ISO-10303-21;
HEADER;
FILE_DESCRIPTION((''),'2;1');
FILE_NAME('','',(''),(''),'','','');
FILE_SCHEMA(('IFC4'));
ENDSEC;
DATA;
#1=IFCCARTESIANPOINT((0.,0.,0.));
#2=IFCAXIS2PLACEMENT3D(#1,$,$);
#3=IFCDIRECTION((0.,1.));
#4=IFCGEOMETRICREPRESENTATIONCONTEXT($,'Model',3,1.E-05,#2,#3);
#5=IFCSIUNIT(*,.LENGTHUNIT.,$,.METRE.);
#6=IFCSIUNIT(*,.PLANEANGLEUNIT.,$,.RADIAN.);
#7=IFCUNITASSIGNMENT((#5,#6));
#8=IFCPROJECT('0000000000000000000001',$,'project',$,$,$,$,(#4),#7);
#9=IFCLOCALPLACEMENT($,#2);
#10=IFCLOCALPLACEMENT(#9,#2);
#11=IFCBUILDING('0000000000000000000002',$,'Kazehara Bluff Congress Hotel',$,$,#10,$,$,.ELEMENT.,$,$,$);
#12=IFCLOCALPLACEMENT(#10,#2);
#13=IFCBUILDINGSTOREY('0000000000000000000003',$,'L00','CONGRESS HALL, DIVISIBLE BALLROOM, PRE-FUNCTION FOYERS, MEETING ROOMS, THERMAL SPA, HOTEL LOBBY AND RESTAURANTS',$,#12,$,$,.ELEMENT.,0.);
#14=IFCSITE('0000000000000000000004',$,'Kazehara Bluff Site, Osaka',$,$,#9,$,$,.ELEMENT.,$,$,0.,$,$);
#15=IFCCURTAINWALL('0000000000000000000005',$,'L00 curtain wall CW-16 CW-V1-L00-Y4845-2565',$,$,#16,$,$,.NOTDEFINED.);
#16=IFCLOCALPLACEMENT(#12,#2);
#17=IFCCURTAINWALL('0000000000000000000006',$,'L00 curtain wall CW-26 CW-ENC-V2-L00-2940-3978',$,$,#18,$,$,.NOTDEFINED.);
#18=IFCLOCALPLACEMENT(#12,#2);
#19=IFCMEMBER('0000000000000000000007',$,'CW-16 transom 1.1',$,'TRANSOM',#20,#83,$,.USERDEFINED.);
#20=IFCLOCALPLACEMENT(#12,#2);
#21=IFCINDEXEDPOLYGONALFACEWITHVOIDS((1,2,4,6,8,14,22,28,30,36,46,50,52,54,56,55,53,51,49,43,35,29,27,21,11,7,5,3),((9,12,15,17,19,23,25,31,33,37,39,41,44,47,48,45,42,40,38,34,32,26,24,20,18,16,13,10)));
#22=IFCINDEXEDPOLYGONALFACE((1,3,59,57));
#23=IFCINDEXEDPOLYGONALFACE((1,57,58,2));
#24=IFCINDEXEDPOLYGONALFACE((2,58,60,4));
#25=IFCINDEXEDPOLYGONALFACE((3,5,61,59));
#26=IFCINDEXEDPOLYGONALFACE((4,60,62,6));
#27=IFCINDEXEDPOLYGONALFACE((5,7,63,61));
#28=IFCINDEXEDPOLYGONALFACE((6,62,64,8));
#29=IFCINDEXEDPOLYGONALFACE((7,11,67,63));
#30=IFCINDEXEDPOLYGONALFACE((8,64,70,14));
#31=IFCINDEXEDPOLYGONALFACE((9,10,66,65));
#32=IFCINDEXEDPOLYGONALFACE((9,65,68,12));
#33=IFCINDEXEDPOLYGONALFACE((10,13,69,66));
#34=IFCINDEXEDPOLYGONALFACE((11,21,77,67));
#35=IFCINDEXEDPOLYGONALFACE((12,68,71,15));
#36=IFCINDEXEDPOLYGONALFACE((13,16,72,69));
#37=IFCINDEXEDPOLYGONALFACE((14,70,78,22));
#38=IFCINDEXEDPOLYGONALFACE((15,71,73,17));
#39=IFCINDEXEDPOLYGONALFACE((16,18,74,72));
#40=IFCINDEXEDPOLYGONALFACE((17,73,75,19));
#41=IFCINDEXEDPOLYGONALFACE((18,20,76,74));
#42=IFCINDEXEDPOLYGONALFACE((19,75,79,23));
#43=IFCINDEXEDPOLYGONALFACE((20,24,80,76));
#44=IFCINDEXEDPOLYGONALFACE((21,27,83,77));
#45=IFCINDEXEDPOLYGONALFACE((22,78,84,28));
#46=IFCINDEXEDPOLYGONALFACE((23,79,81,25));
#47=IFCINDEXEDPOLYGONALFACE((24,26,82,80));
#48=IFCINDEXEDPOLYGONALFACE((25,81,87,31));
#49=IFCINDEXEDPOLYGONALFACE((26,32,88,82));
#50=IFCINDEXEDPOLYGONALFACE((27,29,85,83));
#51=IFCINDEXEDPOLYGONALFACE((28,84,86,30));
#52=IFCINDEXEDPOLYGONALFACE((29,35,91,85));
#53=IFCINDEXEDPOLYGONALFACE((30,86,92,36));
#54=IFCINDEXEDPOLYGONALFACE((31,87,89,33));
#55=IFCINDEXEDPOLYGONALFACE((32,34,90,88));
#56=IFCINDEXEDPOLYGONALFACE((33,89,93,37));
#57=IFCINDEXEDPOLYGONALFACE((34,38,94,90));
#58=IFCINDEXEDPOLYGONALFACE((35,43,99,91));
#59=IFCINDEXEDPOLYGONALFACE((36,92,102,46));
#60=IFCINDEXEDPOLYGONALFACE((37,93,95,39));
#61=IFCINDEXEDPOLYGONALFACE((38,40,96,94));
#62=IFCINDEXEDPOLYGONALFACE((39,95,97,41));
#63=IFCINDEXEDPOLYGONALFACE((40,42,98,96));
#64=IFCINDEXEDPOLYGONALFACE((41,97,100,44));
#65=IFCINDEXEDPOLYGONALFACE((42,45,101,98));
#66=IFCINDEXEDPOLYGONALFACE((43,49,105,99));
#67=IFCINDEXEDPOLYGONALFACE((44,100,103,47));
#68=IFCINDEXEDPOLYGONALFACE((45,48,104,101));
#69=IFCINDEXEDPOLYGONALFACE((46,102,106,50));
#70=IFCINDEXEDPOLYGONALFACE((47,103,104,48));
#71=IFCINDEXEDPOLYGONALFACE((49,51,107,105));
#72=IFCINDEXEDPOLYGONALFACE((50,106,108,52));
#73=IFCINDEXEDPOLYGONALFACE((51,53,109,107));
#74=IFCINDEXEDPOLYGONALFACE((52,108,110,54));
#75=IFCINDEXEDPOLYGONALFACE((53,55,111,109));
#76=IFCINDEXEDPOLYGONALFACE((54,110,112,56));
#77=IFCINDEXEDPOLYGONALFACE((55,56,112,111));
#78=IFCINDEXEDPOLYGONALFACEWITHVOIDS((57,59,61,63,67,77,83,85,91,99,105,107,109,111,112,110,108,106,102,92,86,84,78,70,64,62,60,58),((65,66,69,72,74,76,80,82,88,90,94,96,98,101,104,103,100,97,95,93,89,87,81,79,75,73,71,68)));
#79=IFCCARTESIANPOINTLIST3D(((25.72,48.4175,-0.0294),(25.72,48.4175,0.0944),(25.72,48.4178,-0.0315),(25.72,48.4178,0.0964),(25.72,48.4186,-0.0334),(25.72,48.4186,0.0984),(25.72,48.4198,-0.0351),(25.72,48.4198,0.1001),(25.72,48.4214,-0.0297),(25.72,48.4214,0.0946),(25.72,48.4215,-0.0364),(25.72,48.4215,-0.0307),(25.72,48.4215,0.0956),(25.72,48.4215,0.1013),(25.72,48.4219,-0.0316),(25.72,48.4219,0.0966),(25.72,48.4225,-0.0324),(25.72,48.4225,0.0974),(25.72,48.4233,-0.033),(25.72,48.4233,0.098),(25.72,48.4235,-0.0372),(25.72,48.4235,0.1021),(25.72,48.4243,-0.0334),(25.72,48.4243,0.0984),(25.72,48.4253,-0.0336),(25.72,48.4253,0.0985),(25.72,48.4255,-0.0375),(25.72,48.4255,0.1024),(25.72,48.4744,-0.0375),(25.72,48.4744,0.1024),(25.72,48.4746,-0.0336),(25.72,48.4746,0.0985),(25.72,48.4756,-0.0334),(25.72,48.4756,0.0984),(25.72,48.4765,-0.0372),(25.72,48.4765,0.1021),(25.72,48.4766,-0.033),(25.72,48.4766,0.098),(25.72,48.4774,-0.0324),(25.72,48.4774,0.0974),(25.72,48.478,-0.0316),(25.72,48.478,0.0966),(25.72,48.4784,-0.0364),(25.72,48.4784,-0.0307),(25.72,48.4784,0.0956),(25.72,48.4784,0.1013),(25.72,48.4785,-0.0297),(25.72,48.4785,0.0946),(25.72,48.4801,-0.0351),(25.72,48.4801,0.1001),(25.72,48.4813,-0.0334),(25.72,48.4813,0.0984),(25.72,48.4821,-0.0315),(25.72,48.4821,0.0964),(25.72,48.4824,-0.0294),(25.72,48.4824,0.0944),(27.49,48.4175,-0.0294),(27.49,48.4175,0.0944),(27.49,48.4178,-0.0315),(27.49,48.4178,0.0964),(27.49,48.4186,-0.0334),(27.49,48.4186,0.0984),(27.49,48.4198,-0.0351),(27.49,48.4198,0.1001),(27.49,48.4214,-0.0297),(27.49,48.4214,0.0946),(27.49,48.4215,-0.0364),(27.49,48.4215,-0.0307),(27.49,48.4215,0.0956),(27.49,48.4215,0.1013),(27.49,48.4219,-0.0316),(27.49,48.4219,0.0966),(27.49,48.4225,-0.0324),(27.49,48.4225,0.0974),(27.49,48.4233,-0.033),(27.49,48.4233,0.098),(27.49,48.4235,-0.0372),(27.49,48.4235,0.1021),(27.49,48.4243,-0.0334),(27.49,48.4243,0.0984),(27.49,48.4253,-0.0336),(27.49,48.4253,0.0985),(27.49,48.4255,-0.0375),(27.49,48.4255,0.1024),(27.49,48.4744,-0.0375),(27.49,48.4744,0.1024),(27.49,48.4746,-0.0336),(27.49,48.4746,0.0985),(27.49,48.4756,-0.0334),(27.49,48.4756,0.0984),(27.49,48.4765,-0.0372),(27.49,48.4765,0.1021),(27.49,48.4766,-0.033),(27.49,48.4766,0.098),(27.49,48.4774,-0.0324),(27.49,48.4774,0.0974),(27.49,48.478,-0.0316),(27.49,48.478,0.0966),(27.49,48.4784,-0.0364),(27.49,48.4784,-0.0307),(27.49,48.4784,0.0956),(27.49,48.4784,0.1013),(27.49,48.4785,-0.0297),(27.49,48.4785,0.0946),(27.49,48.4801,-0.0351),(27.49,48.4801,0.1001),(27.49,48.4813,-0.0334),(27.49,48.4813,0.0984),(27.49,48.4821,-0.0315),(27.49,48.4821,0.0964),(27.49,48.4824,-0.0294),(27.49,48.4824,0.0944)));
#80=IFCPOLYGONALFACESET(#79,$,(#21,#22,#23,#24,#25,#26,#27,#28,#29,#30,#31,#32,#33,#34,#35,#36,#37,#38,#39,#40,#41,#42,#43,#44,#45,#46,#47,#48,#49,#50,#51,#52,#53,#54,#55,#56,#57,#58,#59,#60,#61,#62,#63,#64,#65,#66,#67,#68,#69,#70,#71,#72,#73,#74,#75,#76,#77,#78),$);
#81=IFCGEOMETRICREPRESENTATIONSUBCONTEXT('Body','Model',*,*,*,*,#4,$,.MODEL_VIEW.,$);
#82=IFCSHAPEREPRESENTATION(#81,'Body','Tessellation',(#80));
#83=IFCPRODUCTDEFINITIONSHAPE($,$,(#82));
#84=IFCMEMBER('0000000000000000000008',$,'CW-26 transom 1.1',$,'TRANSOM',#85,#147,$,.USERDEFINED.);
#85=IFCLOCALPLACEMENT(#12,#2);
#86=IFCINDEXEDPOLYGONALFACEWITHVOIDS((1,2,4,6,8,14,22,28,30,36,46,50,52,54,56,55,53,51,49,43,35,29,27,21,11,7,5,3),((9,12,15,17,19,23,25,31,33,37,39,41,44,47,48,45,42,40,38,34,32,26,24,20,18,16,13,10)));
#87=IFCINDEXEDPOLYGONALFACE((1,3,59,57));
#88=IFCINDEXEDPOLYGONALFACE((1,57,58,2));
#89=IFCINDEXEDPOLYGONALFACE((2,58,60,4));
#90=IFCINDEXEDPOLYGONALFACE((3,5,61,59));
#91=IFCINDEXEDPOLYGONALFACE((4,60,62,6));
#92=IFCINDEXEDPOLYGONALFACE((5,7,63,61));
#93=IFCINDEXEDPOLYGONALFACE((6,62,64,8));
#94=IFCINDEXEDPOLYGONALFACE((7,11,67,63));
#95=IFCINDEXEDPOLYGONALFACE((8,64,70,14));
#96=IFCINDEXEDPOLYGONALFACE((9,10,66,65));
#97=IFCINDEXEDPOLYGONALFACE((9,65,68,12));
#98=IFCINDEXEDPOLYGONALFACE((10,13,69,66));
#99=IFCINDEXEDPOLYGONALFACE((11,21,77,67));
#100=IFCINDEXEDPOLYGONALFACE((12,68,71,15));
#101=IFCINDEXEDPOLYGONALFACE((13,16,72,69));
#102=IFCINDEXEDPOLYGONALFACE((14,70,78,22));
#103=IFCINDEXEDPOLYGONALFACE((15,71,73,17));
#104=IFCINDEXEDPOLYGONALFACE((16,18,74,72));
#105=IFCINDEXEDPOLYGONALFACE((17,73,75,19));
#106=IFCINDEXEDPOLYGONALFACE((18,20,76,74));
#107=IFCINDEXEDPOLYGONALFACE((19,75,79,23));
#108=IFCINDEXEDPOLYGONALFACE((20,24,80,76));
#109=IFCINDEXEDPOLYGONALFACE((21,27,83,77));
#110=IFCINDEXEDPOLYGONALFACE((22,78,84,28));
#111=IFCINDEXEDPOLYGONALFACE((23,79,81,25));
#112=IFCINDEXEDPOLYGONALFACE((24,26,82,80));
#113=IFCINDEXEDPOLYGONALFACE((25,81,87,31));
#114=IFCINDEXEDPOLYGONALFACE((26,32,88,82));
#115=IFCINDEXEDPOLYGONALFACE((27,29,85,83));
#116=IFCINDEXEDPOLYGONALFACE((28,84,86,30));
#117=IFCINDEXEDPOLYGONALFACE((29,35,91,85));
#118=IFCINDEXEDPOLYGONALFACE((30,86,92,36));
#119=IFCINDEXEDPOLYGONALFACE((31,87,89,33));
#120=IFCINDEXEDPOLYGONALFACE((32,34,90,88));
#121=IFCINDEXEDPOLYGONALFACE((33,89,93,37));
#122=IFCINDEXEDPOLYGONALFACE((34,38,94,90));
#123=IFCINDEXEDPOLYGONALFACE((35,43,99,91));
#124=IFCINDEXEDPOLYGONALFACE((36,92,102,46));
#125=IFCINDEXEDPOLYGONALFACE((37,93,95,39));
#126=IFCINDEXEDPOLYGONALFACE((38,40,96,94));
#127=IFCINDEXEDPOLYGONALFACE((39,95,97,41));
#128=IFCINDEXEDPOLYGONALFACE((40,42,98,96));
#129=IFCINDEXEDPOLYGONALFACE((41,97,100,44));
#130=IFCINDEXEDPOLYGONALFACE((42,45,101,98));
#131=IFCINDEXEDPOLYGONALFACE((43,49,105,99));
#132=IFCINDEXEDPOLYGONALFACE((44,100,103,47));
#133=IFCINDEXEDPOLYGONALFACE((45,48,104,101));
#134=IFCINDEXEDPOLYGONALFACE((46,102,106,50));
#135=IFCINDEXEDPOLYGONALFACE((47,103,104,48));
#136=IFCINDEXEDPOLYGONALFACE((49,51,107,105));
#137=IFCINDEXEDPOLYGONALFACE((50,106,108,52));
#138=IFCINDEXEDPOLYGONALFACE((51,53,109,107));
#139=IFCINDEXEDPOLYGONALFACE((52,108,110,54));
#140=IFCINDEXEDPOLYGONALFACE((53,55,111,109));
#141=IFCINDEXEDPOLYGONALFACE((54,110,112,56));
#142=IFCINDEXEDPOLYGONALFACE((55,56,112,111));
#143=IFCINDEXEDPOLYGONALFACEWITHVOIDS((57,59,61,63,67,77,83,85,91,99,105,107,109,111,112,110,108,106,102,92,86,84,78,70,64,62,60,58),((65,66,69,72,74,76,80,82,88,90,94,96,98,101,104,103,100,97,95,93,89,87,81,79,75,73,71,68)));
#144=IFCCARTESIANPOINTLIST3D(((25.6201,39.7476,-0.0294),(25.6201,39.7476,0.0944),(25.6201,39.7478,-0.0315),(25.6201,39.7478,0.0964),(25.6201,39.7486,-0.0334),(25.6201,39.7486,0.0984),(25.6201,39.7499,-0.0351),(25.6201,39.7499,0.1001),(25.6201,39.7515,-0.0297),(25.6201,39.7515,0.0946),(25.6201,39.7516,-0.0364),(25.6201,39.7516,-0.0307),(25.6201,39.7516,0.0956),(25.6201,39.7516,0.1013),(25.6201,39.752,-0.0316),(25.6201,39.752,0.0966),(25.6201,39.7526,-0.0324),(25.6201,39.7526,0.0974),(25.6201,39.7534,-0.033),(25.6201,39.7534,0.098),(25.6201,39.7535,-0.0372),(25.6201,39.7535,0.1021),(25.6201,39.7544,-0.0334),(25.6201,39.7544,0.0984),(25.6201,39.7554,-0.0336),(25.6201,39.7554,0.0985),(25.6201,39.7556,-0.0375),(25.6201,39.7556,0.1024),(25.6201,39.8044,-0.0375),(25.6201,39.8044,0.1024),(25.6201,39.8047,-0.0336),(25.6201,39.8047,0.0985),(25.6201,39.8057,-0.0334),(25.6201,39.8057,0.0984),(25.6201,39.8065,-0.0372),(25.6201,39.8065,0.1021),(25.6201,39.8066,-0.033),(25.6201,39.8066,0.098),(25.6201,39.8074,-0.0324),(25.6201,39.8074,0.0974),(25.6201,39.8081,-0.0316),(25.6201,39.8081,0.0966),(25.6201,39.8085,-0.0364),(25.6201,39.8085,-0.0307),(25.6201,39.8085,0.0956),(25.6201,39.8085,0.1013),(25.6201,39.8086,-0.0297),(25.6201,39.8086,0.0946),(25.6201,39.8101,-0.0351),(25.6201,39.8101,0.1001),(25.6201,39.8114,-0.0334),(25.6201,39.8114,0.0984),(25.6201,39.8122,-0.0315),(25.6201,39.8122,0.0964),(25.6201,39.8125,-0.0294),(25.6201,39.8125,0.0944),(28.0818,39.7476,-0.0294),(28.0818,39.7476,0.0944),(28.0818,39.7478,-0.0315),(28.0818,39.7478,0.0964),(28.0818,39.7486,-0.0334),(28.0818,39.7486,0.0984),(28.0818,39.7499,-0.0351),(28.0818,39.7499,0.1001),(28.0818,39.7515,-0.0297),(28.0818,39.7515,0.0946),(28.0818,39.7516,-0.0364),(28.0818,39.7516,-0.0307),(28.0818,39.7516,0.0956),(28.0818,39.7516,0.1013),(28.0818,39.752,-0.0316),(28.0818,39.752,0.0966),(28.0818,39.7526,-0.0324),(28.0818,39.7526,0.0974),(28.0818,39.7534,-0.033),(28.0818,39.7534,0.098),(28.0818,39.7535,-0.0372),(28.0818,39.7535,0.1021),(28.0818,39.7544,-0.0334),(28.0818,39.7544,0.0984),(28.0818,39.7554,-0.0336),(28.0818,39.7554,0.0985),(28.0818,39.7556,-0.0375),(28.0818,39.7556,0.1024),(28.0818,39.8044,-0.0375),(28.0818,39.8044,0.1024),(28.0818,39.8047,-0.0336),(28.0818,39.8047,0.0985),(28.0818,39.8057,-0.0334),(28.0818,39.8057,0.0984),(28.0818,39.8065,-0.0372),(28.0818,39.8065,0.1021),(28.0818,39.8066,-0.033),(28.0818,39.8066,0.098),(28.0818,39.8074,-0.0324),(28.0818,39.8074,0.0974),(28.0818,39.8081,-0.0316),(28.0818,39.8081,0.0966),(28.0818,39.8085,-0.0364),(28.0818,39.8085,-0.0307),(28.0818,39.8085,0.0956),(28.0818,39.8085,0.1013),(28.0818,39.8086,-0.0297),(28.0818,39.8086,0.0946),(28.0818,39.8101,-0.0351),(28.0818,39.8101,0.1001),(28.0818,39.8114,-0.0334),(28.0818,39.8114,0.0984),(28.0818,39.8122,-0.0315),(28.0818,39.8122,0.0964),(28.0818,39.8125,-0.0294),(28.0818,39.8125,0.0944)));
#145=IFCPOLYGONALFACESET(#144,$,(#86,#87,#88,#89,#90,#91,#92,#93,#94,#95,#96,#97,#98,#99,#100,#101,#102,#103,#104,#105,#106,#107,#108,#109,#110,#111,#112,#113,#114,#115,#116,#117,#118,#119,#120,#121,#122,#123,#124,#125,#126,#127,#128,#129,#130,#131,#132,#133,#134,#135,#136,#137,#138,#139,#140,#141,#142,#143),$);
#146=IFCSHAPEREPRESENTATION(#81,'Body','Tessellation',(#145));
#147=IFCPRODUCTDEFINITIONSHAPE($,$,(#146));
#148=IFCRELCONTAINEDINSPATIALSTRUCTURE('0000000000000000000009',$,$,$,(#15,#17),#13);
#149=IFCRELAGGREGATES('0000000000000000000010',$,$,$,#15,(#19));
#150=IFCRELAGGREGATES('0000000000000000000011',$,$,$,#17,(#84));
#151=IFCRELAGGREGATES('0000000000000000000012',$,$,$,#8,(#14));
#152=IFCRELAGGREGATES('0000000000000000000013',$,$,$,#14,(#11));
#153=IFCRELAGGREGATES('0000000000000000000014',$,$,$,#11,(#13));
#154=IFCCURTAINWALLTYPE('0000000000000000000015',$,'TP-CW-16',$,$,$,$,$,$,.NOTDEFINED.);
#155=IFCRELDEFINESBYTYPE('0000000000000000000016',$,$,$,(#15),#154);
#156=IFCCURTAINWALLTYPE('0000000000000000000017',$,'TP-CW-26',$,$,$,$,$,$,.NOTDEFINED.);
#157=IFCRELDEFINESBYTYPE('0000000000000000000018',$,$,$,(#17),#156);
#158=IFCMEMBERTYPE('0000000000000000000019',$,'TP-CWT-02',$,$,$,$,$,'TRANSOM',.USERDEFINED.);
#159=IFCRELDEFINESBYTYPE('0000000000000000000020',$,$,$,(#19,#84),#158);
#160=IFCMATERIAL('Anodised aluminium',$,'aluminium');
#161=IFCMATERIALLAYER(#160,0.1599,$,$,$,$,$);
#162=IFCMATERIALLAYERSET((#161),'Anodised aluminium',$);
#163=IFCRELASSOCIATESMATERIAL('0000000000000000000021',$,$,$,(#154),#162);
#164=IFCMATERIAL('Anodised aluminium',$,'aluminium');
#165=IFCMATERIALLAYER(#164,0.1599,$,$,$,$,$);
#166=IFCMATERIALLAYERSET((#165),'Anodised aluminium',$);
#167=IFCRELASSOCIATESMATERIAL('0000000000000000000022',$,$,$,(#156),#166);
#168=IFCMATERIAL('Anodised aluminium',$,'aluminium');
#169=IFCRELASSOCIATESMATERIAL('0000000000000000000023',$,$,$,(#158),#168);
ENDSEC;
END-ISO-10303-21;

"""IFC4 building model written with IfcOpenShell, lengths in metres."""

from ifc_helpers import new_model, si_unit, direction, frame, origin, origin_2d, place, context, subcontext, project, spatial, hollow_rectangle, extrude, material, layer, layer_set, material_profile, profile_set, type_object, element, aggregate, save


model = new_model("IFC4")

# Units and contexts
model_context = context("Model", 3, precision=1e-05, world=origin(), true_north=direction((0.0, 1.0)))
body_context = subcontext(model_context, "Body", "Model", "MODEL_VIEW")
ifc_project = project(units=[si_unit("LENGTHUNIT", "METRE"), si_unit("PLANEANGLEUNIT", "RADIAN")], contexts=[model_context])

# Site, building, storey
site_placement = place(None, origin())
site = spatial("IfcSite", under=ifc_project, at=site_placement, Name="Kazehara Bluff Site, Osaka", CompositionType="ELEMENT", RefElevation=0.0)
building_placement = place(site_placement, origin())
building = spatial("IfcBuilding", under=site, at=building_placement, Name="Kazehara Bluff Congress Hotel", CompositionType="ELEMENT")
storey_placement = place(building_placement, origin())
storey = spatial("IfcBuildingStorey", under=building, at=storey_placement, Name="L00", Description="CONGRESS HALL, DIVISIBLE BALLROOM, PRE-FUNCTION FOYERS, MEETING ROOMS, THERMAL SPA, HOTEL LOBBY AND RESTAURANTS", CompositionType="ELEMENT", Elevation=0.0)

# Curtain wall
ifc_material_1 = material(Name="Anodised aluminium", Category="aluminium")
ifc_layer_1 = layer(ifc_material_1, 0.1599)
ifc_layer_set_1 = layer_set([ifc_layer_1], Name="Anodised aluminium")
curtain_wall_type_1 = type_object("IfcCurtainWallType", Name="TP-CW-16", PredefinedType="NOTDEFINED", material=ifc_layer_set_1)
curtain_wall_1_placement = place(storey_placement, origin())
curtain_wall_1 = element("IfcCurtainWall", 1, at=curtain_wall_1_placement, inside=storey, type_object=curtain_wall_type_1, Name="L00 curtain wall CW-16 CW-V1-L00-Y4845-2565", PredefinedType="NOTDEFINED")

# Curtain wall
ifc_material_2 = material(Name="Anodised aluminium", Category="aluminium")
ifc_layer_2 = layer(ifc_material_2, 0.1599)
ifc_layer_set_2 = layer_set([ifc_layer_2], Name="Anodised aluminium")
curtain_wall_type_2 = type_object("IfcCurtainWallType", Name="TP-CW-26", PredefinedType="NOTDEFINED", material=ifc_layer_set_2)
curtain_wall_2_placement = place(storey_placement, origin())
curtain_wall_2 = element("IfcCurtainWall", 2, at=curtain_wall_2_placement, inside=storey, type_object=curtain_wall_type_2, Name="L00 curtain wall CW-26 CW-ENC-V2-L00-2940-3978", PredefinedType="NOTDEFINED")

# Members
ifc_material_3 = material(Name="Anodised aluminium", Category="aluminium")
ifc_material_profile_1 = material_profile(ifc_material_3, hollow_rectangle(XDim=0.0649, YDim=0.1399, WallThickness=0.0039, InnerFilletRadius=0.0039, OuterFilletRadius=0.0081, at=origin_2d()))
ifc_profile_set_1 = profile_set([ifc_material_profile_1], Name="Anodised aluminium")
member_type_1 = type_object("IfcMemberType", Name="TP-CWT-02", ElementType="TRANSOM", PredefinedType="USERDEFINED", material=ifc_profile_set_1)
member_1_placement = place(storey_placement, frame((25.72, 48.45, 0.0325), z_axis=(1.0, 0.0, 0.0), x_axis=(0.0, 1.0, 0.0)))
member_1 = element("IfcMember", 3, at=member_1_placement, type_object=member_type_1, Name="CW-16 transom 1.1", ObjectType="TRANSOM", PredefinedType="USERDEFINED", context=body_context, shape_type="SweptSolid", body=[
    extrude(hollow_rectangle(XDim=0.0649, YDim=0.1399, WallThickness=0.0039, InnerFilletRadius=0.0039, OuterFilletRadius=0.0081, at=origin_2d()), origin(), (0.0, 0.0, 1.0), 1.77),
])
aggregate(curtain_wall_1, [member_1])
member_2_placement = place(storey_placement, frame((25.6201, 39.78, 0.0325), z_axis=(1.0, 0.0, 0.0), x_axis=(0.0, 1.0, 0.0)))
member_2 = element("IfcMember", 4, at=member_2_placement, type_object=member_type_1, Name="CW-26 transom 1.1", ObjectType="TRANSOM", PredefinedType="USERDEFINED", context=body_context, shape_type="SweptSolid", body=[
    extrude(hollow_rectangle(XDim=0.0649, YDim=0.1399, WallThickness=0.0039, InnerFilletRadius=0.0039, OuterFilletRadius=0.0081, at=origin_2d()), origin(), (0.0, 0.0, 1.0), 2.4617),
])

aggregate(curtain_wall_2, [member_2])

save(model, "model.ifc")
